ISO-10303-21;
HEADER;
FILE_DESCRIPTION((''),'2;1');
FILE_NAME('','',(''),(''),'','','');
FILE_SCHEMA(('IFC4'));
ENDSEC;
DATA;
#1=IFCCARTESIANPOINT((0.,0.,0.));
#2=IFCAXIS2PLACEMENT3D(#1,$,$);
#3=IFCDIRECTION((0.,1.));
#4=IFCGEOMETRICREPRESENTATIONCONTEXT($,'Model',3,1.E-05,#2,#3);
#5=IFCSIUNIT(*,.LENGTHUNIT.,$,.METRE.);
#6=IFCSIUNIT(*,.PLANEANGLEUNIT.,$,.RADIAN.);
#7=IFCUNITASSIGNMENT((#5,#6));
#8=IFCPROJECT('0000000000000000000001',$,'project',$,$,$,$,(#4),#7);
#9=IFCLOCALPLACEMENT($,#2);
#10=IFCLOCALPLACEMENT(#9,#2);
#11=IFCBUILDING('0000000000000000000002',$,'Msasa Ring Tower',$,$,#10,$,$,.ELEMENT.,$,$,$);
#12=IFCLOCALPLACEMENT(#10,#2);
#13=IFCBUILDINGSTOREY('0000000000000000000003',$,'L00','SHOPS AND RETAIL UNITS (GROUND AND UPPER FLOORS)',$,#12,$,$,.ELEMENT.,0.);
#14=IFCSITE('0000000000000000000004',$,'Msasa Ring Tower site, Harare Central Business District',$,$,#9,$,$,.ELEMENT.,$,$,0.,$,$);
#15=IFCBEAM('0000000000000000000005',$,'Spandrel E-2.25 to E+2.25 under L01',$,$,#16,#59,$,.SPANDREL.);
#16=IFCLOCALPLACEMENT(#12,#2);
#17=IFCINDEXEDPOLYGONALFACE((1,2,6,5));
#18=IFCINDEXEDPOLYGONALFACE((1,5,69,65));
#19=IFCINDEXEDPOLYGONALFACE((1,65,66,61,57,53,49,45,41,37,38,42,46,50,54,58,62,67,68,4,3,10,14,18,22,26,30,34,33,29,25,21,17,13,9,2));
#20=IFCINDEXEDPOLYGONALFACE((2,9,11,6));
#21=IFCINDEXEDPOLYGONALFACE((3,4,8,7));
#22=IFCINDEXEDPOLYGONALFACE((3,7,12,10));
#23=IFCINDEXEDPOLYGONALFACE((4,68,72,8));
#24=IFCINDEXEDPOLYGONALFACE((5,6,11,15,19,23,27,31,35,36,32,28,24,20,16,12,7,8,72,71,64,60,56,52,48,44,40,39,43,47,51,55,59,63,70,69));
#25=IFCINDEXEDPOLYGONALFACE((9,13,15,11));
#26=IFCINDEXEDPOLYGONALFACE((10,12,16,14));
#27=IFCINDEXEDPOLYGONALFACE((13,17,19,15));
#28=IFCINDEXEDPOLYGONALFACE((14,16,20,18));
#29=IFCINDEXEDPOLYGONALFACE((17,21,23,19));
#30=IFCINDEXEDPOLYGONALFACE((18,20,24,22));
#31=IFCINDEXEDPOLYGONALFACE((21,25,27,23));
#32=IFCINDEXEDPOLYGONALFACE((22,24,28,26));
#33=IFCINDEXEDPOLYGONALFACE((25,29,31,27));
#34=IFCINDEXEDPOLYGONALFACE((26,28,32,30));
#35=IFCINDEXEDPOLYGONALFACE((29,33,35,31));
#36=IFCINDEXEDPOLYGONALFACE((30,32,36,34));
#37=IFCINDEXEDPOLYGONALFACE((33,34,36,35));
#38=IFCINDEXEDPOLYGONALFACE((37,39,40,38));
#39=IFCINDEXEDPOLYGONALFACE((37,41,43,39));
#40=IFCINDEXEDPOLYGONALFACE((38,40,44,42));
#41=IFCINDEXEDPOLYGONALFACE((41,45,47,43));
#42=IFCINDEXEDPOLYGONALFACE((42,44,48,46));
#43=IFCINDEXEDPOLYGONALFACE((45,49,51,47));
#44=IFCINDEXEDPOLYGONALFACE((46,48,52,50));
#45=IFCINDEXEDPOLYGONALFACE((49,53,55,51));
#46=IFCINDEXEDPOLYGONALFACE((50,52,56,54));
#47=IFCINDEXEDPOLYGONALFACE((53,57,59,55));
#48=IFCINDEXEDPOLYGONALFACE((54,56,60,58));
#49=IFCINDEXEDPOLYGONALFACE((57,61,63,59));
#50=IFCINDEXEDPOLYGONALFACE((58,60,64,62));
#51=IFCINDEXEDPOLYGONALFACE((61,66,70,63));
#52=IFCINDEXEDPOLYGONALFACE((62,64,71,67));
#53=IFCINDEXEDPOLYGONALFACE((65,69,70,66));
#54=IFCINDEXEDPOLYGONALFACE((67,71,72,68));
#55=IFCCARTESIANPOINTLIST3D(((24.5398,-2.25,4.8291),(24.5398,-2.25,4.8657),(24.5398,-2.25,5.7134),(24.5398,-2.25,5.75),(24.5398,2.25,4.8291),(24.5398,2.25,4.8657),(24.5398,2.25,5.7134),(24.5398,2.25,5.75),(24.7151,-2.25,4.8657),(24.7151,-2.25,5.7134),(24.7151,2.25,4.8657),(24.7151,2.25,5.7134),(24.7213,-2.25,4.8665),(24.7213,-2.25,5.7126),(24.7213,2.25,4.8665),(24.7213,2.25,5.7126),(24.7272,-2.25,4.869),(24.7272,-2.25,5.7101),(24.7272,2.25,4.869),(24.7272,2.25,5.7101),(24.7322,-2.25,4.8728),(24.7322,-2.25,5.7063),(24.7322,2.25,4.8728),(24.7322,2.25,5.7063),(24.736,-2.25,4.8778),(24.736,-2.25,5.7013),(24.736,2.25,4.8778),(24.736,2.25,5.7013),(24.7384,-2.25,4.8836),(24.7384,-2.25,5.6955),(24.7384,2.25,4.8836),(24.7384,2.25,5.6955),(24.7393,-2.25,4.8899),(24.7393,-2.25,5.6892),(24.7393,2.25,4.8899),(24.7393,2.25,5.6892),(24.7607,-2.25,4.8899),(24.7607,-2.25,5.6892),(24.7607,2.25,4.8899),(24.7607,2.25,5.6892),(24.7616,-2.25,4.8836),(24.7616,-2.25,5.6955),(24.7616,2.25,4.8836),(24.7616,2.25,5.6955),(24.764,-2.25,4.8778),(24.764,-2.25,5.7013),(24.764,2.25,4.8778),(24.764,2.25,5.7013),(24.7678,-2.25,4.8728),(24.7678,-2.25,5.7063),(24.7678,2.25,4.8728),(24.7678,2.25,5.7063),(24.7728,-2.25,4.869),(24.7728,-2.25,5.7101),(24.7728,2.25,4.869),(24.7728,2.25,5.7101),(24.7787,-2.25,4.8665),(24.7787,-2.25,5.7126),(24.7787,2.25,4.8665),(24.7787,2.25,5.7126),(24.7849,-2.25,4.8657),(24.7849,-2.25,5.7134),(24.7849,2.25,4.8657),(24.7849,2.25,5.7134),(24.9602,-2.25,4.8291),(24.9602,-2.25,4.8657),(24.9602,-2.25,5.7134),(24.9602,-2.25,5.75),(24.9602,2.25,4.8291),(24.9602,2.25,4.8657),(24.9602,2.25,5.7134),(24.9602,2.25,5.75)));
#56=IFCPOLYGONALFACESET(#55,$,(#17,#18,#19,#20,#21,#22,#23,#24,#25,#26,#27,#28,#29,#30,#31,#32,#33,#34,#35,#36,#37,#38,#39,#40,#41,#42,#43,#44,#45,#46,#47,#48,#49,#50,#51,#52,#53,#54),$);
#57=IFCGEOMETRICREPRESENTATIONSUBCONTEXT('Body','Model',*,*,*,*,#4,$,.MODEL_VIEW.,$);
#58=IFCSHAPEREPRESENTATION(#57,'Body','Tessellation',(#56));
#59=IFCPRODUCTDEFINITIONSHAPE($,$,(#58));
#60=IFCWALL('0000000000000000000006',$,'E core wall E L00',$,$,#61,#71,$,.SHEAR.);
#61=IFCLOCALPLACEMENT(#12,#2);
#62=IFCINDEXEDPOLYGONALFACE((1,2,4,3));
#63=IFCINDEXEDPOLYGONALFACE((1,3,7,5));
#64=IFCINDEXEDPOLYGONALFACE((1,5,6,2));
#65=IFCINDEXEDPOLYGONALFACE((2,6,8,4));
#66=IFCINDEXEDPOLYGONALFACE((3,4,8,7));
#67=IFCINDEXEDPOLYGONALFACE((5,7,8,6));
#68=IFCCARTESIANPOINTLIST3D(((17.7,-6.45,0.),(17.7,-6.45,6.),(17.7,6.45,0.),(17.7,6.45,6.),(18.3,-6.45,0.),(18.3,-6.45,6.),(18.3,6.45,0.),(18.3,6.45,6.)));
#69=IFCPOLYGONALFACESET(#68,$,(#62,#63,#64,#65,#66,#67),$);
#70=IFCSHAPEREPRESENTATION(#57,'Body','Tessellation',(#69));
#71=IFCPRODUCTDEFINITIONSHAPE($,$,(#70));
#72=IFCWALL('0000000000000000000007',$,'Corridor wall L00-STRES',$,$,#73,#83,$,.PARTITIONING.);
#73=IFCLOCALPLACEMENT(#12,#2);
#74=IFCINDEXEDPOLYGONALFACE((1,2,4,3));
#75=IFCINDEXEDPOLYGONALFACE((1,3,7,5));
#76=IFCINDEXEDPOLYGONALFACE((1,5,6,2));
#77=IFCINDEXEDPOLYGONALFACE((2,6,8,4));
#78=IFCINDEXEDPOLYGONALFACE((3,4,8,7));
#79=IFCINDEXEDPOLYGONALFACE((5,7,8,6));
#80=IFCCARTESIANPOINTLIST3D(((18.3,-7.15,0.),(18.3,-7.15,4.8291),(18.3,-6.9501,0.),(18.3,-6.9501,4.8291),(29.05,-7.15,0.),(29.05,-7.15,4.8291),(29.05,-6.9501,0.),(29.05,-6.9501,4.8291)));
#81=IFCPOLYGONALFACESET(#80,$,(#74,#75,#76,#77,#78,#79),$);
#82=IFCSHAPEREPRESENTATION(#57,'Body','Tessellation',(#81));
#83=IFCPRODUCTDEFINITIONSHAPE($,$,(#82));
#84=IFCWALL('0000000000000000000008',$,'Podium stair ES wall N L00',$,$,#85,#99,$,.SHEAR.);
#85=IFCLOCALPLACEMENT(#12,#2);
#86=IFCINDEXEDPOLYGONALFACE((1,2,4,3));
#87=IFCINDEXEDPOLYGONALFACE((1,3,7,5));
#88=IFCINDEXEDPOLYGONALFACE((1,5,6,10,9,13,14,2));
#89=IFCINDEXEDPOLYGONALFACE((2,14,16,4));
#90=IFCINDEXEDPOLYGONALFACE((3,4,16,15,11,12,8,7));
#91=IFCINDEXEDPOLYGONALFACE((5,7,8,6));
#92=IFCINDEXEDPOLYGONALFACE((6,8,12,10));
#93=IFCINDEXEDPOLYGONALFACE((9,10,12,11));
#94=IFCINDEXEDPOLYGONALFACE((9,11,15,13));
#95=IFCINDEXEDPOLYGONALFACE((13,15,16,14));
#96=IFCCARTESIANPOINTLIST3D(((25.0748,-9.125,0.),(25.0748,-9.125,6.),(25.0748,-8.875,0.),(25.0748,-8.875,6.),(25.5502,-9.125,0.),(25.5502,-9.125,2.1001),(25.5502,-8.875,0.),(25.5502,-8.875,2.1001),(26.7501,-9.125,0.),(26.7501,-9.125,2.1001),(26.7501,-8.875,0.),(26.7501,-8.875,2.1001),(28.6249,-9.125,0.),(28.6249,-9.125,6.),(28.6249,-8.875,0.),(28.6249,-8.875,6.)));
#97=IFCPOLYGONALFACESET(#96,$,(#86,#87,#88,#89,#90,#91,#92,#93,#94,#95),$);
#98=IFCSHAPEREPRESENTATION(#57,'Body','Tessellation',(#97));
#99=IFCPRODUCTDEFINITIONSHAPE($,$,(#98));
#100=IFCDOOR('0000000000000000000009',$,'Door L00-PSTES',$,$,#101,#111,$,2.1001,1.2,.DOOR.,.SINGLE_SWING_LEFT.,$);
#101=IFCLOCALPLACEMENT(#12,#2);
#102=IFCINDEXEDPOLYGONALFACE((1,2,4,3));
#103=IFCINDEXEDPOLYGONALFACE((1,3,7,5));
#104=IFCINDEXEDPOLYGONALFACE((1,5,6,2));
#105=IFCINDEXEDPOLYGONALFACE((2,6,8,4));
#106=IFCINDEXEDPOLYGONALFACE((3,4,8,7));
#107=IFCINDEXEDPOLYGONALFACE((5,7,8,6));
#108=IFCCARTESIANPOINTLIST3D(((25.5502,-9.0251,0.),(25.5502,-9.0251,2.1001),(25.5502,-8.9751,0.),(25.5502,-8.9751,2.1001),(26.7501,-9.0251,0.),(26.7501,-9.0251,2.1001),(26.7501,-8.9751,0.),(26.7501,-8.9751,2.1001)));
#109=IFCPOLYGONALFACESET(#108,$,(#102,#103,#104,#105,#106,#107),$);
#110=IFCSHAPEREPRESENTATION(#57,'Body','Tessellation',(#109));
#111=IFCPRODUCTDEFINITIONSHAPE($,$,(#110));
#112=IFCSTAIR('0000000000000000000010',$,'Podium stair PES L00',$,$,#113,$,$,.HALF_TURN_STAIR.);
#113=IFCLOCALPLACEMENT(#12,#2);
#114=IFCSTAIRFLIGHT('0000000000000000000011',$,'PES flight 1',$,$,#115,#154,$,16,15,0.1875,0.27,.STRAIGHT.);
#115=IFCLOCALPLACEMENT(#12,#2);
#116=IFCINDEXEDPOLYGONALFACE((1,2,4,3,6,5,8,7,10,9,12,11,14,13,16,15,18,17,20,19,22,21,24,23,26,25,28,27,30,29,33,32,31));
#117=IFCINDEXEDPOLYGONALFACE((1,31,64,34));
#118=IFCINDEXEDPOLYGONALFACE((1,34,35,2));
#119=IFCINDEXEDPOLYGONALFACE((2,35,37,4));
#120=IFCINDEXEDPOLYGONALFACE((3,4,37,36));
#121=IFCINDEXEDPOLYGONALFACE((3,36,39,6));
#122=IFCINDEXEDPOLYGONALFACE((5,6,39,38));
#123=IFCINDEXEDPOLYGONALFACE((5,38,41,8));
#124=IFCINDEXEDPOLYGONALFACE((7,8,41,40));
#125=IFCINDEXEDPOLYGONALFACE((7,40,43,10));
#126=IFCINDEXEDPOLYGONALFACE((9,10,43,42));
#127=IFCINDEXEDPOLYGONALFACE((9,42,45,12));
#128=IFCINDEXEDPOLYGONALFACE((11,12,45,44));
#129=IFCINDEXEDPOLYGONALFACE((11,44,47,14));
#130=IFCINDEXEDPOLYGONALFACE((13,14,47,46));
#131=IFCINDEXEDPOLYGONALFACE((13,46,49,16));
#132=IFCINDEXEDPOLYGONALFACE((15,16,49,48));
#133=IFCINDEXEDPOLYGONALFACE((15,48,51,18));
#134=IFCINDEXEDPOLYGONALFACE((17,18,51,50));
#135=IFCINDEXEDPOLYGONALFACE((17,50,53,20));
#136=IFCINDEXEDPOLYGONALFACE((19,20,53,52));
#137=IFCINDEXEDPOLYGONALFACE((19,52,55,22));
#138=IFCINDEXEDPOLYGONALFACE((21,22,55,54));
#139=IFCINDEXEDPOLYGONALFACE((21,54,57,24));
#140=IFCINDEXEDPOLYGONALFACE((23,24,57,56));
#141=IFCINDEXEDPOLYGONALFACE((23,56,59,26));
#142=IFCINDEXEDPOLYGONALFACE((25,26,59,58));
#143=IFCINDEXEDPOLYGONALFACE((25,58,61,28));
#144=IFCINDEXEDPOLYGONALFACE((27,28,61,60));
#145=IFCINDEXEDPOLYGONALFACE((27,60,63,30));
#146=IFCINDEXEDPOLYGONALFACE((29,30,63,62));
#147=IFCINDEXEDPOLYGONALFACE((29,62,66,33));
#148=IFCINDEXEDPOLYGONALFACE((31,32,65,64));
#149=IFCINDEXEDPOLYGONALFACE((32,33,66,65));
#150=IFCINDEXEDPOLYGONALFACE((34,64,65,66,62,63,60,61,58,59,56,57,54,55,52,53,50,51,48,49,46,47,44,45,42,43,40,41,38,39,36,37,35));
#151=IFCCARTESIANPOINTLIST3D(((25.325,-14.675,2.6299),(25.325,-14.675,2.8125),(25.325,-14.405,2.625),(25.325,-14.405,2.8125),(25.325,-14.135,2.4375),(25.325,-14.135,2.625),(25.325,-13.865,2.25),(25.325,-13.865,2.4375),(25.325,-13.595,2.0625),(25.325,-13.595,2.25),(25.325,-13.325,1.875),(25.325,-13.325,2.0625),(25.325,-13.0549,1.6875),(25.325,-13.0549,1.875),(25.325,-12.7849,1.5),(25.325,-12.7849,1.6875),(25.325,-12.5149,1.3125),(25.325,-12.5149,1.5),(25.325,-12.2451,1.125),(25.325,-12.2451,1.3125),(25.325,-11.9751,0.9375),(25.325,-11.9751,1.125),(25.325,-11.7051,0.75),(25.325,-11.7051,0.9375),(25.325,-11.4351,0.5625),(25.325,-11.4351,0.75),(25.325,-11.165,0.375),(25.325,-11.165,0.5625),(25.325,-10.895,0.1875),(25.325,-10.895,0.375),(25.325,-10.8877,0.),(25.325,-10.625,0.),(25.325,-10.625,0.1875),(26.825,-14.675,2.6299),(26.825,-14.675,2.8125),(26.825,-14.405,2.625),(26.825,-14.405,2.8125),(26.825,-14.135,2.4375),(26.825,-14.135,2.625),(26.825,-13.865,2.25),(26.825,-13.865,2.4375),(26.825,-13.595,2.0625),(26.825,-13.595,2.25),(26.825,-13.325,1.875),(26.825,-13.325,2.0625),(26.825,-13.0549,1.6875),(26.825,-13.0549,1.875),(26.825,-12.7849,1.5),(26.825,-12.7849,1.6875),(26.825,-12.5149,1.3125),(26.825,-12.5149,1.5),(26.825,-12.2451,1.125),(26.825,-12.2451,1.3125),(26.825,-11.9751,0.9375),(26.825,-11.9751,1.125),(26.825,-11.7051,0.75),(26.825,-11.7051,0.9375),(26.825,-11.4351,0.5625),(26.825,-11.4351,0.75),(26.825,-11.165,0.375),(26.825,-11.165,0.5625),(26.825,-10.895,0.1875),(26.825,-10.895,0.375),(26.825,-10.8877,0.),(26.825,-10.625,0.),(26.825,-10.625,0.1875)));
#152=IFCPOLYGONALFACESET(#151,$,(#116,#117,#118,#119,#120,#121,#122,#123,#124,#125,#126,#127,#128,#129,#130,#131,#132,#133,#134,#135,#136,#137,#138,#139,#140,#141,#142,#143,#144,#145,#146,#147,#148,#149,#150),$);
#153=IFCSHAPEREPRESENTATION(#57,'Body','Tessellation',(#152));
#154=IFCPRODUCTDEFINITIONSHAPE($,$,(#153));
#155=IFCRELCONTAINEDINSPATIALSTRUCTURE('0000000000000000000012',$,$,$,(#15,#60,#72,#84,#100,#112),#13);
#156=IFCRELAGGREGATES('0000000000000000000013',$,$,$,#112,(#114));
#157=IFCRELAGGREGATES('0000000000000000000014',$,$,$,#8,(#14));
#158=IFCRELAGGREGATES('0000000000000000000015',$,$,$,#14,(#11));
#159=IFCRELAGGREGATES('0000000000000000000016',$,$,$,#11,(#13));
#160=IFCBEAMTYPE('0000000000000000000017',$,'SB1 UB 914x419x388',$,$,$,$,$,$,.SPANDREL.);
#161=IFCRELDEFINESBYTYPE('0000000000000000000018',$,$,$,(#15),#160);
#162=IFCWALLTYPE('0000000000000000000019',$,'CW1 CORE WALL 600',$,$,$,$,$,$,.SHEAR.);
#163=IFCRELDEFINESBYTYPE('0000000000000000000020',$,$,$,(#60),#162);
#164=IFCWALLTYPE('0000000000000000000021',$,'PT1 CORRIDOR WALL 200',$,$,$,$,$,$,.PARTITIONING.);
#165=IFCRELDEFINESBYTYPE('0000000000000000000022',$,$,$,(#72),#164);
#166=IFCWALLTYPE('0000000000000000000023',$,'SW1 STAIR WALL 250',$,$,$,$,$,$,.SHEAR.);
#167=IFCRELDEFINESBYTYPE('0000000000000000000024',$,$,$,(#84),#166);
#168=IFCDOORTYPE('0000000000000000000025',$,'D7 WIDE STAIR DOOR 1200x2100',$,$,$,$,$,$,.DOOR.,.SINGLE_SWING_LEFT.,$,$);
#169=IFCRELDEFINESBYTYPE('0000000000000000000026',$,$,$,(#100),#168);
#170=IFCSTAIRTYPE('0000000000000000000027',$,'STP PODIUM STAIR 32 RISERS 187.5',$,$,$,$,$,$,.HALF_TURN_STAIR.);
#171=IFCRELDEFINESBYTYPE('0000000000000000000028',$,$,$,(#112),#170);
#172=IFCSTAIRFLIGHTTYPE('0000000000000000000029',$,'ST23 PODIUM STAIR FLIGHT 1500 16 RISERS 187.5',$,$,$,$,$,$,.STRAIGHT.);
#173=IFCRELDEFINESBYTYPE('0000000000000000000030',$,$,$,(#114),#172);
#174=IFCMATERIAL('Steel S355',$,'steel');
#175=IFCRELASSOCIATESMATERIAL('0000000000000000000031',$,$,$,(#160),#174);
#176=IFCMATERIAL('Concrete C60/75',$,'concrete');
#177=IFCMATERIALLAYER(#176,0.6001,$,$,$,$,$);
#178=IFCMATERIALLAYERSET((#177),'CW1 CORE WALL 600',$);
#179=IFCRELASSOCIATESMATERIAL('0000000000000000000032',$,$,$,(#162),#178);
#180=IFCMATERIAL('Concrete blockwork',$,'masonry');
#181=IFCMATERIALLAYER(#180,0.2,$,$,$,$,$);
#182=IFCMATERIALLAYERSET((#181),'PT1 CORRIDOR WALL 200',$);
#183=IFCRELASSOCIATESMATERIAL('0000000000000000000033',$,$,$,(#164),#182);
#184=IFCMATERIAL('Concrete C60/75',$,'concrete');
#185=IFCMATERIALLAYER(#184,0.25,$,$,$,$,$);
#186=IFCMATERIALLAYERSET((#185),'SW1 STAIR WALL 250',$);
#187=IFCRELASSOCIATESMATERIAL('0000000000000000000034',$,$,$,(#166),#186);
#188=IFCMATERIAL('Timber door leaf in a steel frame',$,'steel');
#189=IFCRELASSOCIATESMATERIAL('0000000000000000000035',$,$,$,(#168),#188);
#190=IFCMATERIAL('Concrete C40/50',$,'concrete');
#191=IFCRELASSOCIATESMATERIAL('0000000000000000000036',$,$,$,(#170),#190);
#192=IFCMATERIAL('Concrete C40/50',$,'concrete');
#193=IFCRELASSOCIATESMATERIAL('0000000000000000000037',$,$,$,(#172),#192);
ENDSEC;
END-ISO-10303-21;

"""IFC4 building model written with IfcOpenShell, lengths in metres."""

from ifc_helpers import new_model, si_unit, direction, frame, frame_2d, origin, origin_2d, place, context, subcontext, project, spatial, polyline, rectangle, i_section, outline, extrude, material, layer, layer_set, material_profile, profile_set, type_object, element, fill, aggregate, save


model = new_model("IFC4")

# Units and contexts
model_context = context("Model", 3, precision=1e-05, world=origin(), true_north=direction((0.0, 1.0)))
body_context = subcontext(model_context, "Body", "Model", "MODEL_VIEW")
ifc_project = project(units=[si_unit("LENGTHUNIT", "METRE"), si_unit("PLANEANGLEUNIT", "RADIAN")], contexts=[model_context])

# Site, building, storey
site_placement = place(None, origin())
site = spatial("IfcSite", under=ifc_project, at=site_placement, Name="Msasa Ring Tower site, Harare Central Business District", CompositionType="ELEMENT", RefElevation=0.0)
building_placement = place(site_placement, origin())
building = spatial("IfcBuilding", under=site, at=building_placement, Name="Msasa Ring Tower", CompositionType="ELEMENT")
storey_placement = place(building_placement, origin())
storey = spatial("IfcBuildingStorey", under=building, at=storey_placement, Name="L00", Description="SHOPS AND RETAIL UNITS (GROUND AND UPPER FLOORS)", CompositionType="ELEMENT", Elevation=0.0)

# Beam
ifc_material_1 = material(Name="Steel S355", Category="steel")
ifc_material_profile_1 = material_profile(ifc_material_1, i_section(OverallWidth=0.4204, OverallDepth=0.9209, WebThickness=0.0215, FlangeThickness=0.0366, FilletRadius=0.0242, at=origin_2d()), Name="UB 914x419x388")
ifc_profile_set_1 = profile_set([ifc_material_profile_1], Name="Steel S355")
beam_type_1 = type_object("IfcBeamType", Name="SB1 UB 914x419x388", PredefinedType="SPANDREL", material=ifc_profile_set_1)
for number, where, z_axis, x_axis, name in (
    (1, (24.75, -2.25, 5.2896), (0.0, 1.0, 0.0), (-1.0, 0.0, 0.0), "Spandrel E-2.25 to E+2.25 under L01"),
):
    element("IfcBeam", number, at=place(storey_placement, frame(where, z_axis=z_axis, x_axis=x_axis)), inside=storey, type_object=beam_type_1, Name=name, PredefinedType="SPANDREL", context=body_context, shape_type="SweptSolid", body=[
        extrude(i_section(OverallWidth=0.4204, OverallDepth=0.9209, WebThickness=0.0215, FlangeThickness=0.0366, FilletRadius=0.0242, at=origin_2d()), origin(), (0.0, 0.0, 1.0), 4.5),
    ])

# Walls
ifc_material_2 = material(Name="Concrete C60/75", Category="concrete")
ifc_layer_1 = layer(ifc_material_2, 0.6001)
ifc_layer_set_1 = layer_set([ifc_layer_1], Name="CW1 CORE WALL 600")
wall_type_1 = type_object("IfcWallType", Name="CW1 CORE WALL 600", PredefinedType="SHEAR", material=ifc_layer_set_1)
wall_1_placement = place(storey_placement, frame((18.0, -6.45, 0.0), z_axis=(0.0, 0.0, 1.0), x_axis=(0.0, 1.0, 0.0)))
element("IfcWall", 2, at=wall_1_placement, inside=storey, type_object=wall_type_1, Name="E core wall E L00", PredefinedType="SHEAR", context=body_context, shape_type="SweptSolid", body=[
    extrude(rectangle(XDim=12.8999, YDim=0.6001, at=frame_2d((6.45, 0.0))), origin(), (0.0, 0.0, 1.0), 6.0),
])
ifc_material_3 = material(Name="Concrete blockwork", Category="masonry")
ifc_layer_2 = layer(ifc_material_3, 0.2)
ifc_layer_set_2 = layer_set([ifc_layer_2], Name="PT1 CORRIDOR WALL 200")
wall_type_2 = type_object("IfcWallType", Name="PT1 CORRIDOR WALL 200", PredefinedType="PARTITIONING", material=ifc_layer_set_2)
wall_2_placement = place(storey_placement, frame((18.3, -7.05, 0.0), z_axis=(0.0, 0.0, 1.0), x_axis=(1.0, 0.0, 0.0)))
element("IfcWall", 3, at=wall_2_placement, inside=storey, type_object=wall_type_2, Name="Corridor wall L00-STRES", PredefinedType="PARTITIONING", context=body_context, shape_type="SweptSolid", body=[
    extrude(rectangle(XDim=10.75, YDim=0.2, at=frame_2d((5.375, 0.0))), origin(), (0.0, 0.0, 1.0), 4.8291),
])

# Wall, opening, door
ifc_material_4 = material(Name="Concrete C60/75", Category="concrete")
ifc_layer_3 = layer(ifc_material_4, 0.25)
ifc_layer_set_3 = layer_set([ifc_layer_3], Name="SW1 STAIR WALL 250")
wall_type_3 = type_object("IfcWallType", Name="SW1 STAIR WALL 250", PredefinedType="SHEAR", material=ifc_layer_set_3)
wall_3_placement = place(storey_placement, frame((25.075, -9.0, 0.0), z_axis=(0.0, 0.0, 1.0), x_axis=(1.0, 0.0, 0.0)))
wall_3 = element("IfcWall", 4, at=wall_3_placement, inside=storey, type_object=wall_type_3, Name="Podium stair ES wall N L00", PredefinedType="SHEAR", context=body_context, shape_type="SweptSolid", body=[
    extrude(rectangle(XDim=3.55, YDim=0.25, at=frame_2d((1.7749, 0.0))), origin(), (0.0, 0.0, 1.0), 6.0),
])
opening_placement = place(wall_3_placement, frame((0.4751, 0.0, 0.0)))
opening = element("IfcOpeningElement", 5, at=opening_placement, cuts=wall_3, PredefinedType="OPENING", context=body_context, shape_type="SweptSolid", body=[
    extrude(rectangle(XDim=1.2, YDim=2.1001, at=frame_2d((0.6001, 1.05))), frame((0.0, 0.135, 0.0), z_axis=(0.0, -1.0, 0.0), x_axis=(1.0, 0.0, 0.0)), (0.0, 0.0, 1.0), 0.27),
])
ifc_material_5 = material(Name="Timber door leaf in a steel frame", Category="steel")
door_type = type_object("IfcDoorType", Name="D7 WIDE STAIR DOOR 1200x2100", OperationType="SINGLE_SWING_LEFT", PredefinedType="DOOR", material=ifc_material_5)
door_placement = place(opening_placement, origin())
door = element("IfcDoor", 6, at=door_placement, inside=storey, type_object=door_type, Name="Door L00-PSTES", OperationType="SINGLE_SWING_LEFT", OverallHeight=2.1001, OverallWidth=1.2, PredefinedType="DOOR", context=body_context, shape_type="SweptSolid", body=[
    extrude(rectangle(XDim=1.2, YDim=2.1001, at=frame_2d((0.6001, 1.05))), frame((0.0, 0.0249, 0.0), z_axis=(0.0, -1.0, 0.0), x_axis=(1.0, 0.0, 0.0)), (0.0, 0.0, 1.0), 0.05),
])
fill(opening, door)

# Stair, stair flight
ifc_material_6 = material(Name="Concrete C40/50", Category="concrete")
stair_type = type_object("IfcStairType", Name="STP PODIUM STAIR 32 RISERS 187.5", PredefinedType="HALF_TURN_STAIR", material=ifc_material_6)
stair_placement = place(storey_placement, origin())
stair = element("IfcStair", 7, at=stair_placement, inside=storey, type_object=stair_type, Name="Podium stair PES L00", PredefinedType="HALF_TURN_STAIR")
ifc_material_7 = material(Name="Concrete C40/50", Category="concrete")
stair_flight_type = type_object("IfcStairFlightType", Name="ST23 PODIUM STAIR FLIGHT 1500 16 RISERS 187.5", PredefinedType="STRAIGHT", material=ifc_material_7)
stair_flight_placement = place(storey_placement, frame((26.075, -10.625, 0.0), z_axis=(0.0, 0.0, 1.0), x_axis=(0.0, -1.0, 0.0)))
stair_flight = element("IfcStairFlight", 8, at=stair_flight_placement, type_object=stair_flight_type, Name="PES flight 1", NumberOfRisers=16, NumberOfTreads=15, PredefinedType="STRAIGHT", RiserHeight=0.1875, TreadLength=0.27, context=body_context, shape_type="SweptSolid", body=[
    extrude(outline(polyline([(0.0, 0.0), (0.0, 0.1875), (0.27, 0.1875), (0.27, 0.375), (0.54, 0.375), (0.54, 0.5625), (0.8101, 0.5625), (0.8101, 0.75), (1.0801, 0.75), (1.0801, 0.9375), (1.3501, 0.9375), (1.3501, 1.125), (1.6201, 1.125), (1.6201, 1.3125), (1.8899, 1.3125), (1.8899, 1.5), (2.1599, 1.5), (2.1599, 1.6875), (2.4299, 1.6875), (2.4299, 1.875), (2.7, 1.875), (2.7, 2.0625), (2.97, 2.0625), (2.97, 2.25), (3.24, 2.25), (3.24, 2.4375), (3.51, 2.4375), (3.51, 2.625), (3.78, 2.625), (3.78, 2.8125), (4.05, 2.8125), (4.05, 3.0), (4.05, 2.6299), (0.2627, 0.0), (0.0, 0.0)])), frame((0.0, 0.75, 0.0), z_axis=(0.0, -1.0, 0.0), x_axis=(1.0, 0.0, 0.0)), (0.0, 0.0, 1.0), 1.5),
])
aggregate(stair, [stair_flight])

save(model, "model.ifc")
